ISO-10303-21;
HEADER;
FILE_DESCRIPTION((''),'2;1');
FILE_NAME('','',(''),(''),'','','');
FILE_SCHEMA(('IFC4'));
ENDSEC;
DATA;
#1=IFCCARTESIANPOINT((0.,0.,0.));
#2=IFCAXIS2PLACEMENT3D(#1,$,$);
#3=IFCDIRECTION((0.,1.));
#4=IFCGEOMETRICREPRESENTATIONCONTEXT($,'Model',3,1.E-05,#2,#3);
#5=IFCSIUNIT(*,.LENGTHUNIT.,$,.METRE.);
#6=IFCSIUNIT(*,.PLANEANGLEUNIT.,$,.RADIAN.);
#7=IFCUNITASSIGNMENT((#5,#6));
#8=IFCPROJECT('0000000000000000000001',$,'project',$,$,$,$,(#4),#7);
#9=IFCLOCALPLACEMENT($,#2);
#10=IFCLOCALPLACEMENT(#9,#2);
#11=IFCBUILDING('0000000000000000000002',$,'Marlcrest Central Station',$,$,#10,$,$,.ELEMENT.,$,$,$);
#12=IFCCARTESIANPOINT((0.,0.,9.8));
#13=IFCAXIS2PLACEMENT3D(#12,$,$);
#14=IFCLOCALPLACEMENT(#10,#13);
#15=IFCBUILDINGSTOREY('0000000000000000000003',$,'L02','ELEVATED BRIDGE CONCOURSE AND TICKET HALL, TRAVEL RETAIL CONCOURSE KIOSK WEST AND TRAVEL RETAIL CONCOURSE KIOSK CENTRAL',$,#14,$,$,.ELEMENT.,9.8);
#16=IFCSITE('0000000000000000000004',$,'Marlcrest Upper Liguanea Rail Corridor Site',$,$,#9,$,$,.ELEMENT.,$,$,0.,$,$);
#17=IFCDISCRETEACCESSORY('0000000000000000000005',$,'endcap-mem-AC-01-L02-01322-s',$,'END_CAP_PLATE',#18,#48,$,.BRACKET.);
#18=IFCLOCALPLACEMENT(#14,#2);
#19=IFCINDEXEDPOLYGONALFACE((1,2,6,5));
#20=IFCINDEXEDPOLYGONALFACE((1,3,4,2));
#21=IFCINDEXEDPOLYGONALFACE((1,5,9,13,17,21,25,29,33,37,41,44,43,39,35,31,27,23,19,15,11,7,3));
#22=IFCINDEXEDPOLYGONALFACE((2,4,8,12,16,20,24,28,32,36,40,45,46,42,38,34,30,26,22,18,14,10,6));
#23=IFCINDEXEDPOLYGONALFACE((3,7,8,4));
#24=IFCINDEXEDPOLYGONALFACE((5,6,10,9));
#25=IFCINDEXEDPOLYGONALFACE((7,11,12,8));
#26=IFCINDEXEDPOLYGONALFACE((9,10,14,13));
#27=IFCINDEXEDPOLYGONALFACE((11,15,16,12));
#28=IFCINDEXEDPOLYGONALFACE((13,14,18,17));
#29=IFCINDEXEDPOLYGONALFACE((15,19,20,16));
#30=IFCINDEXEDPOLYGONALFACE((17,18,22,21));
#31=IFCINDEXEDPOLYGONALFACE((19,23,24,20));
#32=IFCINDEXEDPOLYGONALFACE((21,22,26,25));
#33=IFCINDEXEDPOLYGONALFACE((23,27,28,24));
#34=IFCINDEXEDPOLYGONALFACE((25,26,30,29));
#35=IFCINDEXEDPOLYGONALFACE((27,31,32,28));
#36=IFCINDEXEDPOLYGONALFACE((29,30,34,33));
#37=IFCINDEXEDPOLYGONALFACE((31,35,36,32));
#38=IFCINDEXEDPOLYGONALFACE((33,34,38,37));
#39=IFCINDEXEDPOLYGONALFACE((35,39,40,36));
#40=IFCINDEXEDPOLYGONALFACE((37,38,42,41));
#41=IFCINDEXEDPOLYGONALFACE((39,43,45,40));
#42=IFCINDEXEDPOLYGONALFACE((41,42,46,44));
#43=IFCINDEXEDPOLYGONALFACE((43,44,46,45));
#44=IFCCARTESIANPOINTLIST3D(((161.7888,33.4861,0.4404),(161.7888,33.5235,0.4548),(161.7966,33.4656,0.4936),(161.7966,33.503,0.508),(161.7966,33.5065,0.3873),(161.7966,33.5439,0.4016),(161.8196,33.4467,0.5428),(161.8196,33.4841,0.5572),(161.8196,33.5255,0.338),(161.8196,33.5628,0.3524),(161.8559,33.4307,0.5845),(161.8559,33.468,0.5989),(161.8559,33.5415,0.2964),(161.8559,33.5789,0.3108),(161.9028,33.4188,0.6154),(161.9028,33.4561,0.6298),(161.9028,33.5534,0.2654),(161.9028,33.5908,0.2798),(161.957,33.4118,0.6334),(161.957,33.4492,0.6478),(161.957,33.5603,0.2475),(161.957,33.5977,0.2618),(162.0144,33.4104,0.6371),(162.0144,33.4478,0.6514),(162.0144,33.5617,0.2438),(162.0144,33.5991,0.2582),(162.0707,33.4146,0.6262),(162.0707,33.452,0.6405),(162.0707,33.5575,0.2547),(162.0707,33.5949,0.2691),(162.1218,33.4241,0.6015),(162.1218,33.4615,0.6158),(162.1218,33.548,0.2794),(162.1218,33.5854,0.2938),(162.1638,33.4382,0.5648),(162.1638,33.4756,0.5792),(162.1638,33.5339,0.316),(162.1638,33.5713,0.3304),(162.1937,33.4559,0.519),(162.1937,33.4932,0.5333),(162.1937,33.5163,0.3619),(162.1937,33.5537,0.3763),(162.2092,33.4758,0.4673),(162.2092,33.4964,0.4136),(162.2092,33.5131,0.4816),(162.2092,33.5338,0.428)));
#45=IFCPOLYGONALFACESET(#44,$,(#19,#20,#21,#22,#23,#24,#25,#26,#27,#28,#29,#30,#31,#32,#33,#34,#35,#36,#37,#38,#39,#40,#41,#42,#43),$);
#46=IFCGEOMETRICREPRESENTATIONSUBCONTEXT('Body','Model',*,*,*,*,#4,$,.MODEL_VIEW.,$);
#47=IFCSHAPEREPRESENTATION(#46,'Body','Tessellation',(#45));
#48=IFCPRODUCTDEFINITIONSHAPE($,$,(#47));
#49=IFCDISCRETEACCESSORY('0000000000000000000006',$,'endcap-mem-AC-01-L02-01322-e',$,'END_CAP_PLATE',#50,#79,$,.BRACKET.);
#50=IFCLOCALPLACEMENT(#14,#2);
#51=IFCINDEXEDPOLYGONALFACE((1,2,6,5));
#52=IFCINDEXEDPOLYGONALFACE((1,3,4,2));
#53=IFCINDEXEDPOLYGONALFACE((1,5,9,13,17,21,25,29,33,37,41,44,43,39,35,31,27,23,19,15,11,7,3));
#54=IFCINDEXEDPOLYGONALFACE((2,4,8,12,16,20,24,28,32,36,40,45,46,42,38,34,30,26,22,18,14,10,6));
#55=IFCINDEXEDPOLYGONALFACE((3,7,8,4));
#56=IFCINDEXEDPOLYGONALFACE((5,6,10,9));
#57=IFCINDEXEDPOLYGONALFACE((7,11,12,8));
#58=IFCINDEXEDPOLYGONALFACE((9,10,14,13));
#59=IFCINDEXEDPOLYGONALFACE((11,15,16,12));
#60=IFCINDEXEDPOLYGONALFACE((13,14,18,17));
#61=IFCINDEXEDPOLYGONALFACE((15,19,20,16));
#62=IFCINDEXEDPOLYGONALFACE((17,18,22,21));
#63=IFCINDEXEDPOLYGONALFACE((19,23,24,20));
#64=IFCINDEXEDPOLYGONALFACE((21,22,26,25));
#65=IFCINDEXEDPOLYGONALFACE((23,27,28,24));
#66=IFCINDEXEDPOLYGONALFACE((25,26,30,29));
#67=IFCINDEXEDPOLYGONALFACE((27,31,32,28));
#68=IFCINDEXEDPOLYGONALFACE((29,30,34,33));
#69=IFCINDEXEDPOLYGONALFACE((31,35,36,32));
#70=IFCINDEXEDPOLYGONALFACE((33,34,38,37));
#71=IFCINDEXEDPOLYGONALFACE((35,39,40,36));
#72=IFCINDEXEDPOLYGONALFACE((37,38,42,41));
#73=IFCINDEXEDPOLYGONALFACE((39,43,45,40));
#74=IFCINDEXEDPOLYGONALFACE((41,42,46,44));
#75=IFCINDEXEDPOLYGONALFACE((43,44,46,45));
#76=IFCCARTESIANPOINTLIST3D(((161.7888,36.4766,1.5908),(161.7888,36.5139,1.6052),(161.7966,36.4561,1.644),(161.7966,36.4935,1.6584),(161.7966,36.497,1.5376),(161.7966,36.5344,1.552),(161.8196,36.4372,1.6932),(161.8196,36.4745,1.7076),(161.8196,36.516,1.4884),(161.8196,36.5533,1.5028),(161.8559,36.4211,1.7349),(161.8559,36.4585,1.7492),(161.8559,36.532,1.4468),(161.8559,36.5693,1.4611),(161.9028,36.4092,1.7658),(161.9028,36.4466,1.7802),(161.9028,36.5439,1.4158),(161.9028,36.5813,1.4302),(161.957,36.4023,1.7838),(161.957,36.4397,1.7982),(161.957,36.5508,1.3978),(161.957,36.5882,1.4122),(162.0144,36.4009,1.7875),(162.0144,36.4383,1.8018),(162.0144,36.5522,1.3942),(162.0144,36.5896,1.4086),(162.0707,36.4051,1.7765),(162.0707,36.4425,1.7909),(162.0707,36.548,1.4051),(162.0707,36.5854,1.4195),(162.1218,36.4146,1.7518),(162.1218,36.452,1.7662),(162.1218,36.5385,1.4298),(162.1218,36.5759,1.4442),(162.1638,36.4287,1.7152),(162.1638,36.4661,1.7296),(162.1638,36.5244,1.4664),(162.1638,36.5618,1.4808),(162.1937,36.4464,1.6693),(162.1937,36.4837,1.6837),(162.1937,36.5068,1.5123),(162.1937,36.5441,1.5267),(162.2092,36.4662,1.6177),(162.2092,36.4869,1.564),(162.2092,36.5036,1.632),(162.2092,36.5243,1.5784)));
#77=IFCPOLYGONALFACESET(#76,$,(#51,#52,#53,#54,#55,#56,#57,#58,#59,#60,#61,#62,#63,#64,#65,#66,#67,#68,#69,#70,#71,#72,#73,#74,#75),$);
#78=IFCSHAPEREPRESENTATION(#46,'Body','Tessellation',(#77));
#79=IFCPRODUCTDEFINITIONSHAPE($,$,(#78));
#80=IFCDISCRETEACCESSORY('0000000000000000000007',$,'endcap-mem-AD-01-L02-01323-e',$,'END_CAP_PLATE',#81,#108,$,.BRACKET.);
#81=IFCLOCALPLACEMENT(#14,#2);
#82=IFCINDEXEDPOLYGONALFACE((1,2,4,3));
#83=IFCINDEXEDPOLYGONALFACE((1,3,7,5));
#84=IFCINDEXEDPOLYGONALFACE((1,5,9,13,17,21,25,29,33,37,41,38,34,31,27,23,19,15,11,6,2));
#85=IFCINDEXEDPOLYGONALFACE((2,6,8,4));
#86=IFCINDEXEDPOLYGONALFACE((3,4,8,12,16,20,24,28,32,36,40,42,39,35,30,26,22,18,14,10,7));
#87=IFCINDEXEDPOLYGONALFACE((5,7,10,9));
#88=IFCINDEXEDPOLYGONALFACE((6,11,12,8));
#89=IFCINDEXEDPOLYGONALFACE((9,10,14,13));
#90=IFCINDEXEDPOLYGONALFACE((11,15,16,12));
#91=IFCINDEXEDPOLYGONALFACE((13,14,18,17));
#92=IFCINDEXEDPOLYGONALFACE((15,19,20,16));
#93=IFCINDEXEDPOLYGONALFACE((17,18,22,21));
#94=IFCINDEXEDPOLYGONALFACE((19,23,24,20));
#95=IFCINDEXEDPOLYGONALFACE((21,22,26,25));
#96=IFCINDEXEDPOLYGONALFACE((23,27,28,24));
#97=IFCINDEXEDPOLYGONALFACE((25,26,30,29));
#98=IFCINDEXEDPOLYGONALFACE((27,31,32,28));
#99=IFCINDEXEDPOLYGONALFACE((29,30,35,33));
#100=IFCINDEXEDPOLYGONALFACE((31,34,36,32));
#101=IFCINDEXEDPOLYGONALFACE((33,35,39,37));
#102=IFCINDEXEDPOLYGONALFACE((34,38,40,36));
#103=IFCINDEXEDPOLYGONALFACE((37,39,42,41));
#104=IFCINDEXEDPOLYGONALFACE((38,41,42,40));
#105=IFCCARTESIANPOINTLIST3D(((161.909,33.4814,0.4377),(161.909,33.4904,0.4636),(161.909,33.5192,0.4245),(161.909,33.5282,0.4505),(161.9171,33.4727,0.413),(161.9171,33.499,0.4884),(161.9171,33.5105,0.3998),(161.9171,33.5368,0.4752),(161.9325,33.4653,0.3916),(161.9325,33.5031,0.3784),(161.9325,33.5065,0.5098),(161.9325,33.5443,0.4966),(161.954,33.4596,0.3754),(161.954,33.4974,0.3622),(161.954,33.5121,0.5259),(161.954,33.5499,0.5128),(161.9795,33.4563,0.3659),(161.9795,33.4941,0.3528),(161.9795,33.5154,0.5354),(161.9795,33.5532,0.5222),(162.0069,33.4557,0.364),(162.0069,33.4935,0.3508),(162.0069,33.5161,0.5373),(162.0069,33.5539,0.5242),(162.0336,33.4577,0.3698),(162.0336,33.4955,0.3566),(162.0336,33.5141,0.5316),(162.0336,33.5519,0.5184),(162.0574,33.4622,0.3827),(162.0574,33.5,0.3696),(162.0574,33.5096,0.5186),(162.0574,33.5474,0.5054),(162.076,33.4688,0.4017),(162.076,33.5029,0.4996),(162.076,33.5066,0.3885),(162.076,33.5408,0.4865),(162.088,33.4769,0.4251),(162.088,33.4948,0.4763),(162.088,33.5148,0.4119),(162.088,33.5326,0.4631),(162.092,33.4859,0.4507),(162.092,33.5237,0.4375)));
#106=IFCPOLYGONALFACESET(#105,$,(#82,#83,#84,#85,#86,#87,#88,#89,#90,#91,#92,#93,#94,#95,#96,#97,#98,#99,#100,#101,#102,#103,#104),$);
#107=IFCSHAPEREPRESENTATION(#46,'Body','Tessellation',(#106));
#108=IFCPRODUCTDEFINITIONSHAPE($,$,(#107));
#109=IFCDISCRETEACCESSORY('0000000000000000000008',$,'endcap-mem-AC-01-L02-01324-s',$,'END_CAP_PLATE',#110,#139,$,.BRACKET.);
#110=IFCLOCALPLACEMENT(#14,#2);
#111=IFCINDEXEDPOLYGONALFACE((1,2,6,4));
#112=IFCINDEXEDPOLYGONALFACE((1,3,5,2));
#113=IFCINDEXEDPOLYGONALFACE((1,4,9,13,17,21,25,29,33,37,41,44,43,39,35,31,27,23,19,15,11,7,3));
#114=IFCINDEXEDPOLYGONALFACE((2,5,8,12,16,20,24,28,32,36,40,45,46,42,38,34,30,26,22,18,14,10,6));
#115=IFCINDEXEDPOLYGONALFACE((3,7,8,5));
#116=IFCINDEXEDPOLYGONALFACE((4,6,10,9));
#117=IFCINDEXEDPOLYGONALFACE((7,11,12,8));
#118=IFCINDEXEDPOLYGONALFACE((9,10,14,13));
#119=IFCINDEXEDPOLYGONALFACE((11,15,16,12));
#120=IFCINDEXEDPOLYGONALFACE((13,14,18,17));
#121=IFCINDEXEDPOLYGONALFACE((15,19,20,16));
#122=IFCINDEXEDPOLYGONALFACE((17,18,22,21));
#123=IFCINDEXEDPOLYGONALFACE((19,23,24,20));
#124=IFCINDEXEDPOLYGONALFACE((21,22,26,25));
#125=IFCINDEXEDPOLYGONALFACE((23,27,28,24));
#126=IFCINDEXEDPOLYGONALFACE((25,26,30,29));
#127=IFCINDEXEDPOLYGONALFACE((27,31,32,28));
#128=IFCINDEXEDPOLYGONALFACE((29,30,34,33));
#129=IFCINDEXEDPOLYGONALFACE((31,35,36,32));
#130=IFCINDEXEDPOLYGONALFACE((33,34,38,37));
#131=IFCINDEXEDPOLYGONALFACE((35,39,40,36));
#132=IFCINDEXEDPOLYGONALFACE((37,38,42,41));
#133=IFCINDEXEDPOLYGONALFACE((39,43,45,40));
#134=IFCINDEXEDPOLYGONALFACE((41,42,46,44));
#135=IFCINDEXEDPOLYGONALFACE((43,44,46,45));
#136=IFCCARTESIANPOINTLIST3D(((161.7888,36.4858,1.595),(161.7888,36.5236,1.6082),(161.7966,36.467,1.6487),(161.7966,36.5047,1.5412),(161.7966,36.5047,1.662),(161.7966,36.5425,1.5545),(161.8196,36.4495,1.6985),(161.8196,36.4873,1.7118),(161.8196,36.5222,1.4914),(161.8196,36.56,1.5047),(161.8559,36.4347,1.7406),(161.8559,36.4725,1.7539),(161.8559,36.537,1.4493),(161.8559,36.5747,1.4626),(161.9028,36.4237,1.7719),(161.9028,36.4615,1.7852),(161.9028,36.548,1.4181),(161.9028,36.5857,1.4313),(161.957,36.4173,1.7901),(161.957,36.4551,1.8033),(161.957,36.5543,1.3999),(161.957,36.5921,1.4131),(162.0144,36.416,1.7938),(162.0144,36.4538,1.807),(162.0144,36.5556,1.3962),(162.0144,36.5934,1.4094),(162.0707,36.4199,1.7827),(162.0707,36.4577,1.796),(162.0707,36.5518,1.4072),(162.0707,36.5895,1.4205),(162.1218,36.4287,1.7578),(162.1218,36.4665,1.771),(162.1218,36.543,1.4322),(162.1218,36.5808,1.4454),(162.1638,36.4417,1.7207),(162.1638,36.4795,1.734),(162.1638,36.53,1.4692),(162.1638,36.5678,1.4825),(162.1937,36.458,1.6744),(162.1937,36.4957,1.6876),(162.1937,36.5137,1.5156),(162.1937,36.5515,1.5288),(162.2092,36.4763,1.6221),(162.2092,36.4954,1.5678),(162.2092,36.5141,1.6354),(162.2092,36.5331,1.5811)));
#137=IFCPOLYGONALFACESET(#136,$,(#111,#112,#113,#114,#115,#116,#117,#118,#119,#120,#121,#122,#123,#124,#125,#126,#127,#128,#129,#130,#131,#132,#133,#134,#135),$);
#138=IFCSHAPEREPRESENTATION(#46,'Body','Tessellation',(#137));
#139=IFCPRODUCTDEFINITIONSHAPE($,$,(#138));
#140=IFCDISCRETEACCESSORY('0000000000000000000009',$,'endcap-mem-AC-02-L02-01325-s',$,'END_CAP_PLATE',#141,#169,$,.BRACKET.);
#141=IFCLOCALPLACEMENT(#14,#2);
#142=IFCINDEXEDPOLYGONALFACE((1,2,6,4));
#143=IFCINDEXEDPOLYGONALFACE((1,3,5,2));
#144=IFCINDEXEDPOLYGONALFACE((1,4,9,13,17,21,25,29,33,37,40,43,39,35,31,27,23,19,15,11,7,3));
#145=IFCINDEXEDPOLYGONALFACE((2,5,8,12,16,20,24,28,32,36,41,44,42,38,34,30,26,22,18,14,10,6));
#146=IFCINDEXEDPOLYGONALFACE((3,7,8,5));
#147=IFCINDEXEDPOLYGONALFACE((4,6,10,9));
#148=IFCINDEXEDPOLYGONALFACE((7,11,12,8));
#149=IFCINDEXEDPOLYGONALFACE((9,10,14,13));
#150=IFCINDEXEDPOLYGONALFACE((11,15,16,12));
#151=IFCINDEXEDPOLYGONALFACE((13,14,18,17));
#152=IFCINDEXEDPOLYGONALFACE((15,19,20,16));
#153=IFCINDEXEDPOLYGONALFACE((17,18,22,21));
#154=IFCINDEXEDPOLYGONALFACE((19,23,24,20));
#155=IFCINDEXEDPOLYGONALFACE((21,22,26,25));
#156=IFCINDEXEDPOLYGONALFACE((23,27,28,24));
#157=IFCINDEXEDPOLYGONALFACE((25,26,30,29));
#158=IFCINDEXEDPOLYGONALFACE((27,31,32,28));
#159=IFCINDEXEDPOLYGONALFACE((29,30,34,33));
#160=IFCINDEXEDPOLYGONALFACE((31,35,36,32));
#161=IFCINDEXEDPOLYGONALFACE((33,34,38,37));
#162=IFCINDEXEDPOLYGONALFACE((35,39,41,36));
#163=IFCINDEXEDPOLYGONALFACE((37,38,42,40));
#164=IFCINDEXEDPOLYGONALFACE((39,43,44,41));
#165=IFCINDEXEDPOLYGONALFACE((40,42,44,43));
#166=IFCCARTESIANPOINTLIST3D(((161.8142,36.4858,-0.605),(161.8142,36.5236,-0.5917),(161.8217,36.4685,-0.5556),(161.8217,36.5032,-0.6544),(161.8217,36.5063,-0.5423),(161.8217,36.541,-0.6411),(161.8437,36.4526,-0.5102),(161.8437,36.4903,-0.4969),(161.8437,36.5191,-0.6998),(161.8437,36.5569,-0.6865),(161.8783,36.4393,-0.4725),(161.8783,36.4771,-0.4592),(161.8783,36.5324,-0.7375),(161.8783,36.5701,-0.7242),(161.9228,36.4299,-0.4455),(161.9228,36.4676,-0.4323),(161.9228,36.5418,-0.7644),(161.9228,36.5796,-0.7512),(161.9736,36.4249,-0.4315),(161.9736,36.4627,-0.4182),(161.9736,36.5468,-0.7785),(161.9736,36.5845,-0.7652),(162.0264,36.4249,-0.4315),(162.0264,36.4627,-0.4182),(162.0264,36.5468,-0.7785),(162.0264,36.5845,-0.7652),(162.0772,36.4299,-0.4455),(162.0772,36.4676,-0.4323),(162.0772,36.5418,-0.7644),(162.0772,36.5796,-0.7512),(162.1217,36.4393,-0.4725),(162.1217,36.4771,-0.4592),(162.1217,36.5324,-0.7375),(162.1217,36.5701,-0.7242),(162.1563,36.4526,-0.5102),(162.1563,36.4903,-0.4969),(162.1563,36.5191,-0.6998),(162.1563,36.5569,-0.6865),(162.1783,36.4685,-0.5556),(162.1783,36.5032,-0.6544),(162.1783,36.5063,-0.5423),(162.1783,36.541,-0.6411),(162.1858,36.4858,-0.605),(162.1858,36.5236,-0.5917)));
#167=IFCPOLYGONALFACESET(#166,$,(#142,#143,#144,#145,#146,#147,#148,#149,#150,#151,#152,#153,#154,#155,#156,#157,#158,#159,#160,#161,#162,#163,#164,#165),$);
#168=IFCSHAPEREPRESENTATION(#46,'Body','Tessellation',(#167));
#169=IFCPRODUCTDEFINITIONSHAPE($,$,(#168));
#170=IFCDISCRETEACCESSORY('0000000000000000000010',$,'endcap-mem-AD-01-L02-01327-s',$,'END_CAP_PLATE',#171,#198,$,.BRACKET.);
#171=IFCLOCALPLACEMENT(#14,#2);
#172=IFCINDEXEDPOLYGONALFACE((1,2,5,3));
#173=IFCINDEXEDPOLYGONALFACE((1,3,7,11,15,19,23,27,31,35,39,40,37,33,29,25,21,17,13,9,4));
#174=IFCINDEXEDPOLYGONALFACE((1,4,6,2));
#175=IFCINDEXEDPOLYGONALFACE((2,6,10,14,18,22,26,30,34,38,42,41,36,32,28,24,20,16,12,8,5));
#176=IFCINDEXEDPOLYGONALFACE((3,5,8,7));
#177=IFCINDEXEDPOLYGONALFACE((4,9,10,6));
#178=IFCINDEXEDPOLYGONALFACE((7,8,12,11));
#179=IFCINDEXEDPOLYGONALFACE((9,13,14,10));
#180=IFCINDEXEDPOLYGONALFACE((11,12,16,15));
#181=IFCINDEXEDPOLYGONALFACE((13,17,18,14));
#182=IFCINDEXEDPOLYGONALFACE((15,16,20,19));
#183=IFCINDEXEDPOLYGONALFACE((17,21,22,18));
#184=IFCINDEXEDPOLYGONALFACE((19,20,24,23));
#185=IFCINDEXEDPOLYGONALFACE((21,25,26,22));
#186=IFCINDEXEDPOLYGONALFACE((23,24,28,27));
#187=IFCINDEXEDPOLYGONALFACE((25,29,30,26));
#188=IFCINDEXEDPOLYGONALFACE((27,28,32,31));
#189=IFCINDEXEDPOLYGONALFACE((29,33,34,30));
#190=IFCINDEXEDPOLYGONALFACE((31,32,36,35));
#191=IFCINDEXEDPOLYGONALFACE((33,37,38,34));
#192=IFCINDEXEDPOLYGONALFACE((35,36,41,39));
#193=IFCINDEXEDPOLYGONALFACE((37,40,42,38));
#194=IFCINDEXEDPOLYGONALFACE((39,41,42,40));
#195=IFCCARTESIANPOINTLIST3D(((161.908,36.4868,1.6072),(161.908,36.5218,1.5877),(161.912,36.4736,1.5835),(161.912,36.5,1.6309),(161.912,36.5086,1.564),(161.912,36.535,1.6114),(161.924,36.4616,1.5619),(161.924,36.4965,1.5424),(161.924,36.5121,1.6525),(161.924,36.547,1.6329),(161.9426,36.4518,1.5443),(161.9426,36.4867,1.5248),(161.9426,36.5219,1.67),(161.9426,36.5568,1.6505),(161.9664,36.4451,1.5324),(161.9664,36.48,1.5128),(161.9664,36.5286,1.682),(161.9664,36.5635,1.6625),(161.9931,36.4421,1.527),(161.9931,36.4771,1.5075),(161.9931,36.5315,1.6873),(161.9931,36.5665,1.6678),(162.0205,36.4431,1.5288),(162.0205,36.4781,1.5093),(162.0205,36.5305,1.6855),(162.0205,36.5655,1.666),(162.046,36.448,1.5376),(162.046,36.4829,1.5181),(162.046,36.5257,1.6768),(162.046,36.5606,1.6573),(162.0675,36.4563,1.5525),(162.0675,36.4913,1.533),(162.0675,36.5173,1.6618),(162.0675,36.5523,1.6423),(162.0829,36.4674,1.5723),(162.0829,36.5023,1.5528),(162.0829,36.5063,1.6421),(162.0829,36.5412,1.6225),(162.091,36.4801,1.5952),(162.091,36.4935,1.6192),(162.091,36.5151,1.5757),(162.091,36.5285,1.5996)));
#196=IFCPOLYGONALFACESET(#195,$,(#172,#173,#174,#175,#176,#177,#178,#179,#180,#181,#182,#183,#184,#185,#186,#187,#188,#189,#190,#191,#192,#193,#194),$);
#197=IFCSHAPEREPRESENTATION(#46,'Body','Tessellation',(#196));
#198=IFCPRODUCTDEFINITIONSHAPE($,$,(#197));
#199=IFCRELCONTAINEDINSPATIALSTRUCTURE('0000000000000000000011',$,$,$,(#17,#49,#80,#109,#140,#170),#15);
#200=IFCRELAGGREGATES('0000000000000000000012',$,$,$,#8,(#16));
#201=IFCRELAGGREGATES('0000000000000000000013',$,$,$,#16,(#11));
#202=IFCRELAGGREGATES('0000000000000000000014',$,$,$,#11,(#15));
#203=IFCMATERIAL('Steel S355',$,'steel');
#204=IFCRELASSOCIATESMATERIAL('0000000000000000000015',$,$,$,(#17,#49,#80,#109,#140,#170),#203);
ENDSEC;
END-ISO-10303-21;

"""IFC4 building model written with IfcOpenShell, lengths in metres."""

from ifc_helpers import new_model, si_unit, direction, frame, origin, origin_2d, place, context, subcontext, project, spatial, circle, extrude, material, element, save


model = new_model("IFC4")

# Units and contexts
model_context = context("Model", 3, precision=1e-05, world=origin(), true_north=direction((0.0, 1.0)))
body_context = subcontext(model_context, "Body", "Model", "MODEL_VIEW")
ifc_project = project(units=[si_unit("LENGTHUNIT", "METRE"), si_unit("PLANEANGLEUNIT", "RADIAN")], contexts=[model_context])

# Site, building, storey
site_placement = place(None, origin())
site = spatial("IfcSite", under=ifc_project, at=site_placement, Name="Marlcrest Upper Liguanea Rail Corridor Site", CompositionType="ELEMENT", RefElevation=0.0)
building_placement = place(site_placement, origin())
building = spatial("IfcBuilding", under=site, at=building_placement, Name="Marlcrest Central Station", CompositionType="ELEMENT")
storey_placement = place(building_placement, frame((0.0, 0.0, 9.8)))
storey = spatial("IfcBuildingStorey", under=building, at=storey_placement, Name="L02", Description="ELEVATED BRIDGE CONCOURSE AND TICKET HALL, TRAVEL RETAIL CONCOURSE KIOSK WEST AND TRAVEL RETAIL CONCOURSE KIOSK CENTRAL", CompositionType="ELEMENT", Elevation=9.8)

# Shared definitions
ifc_material_1 = material(Name="Steel S355", Category="steel")

# Discrete accessories
for number, where, z_axis, x_axis, name in (
    (1, (162.0, 33.4861, 0.4404), (0.0, 0.933324, 0.359035), (-1.0, 0.0, 0.0), "endcap-mem-AC-01-L02-01322-s"),
    (2, (162.0, 36.4766, 1.5908), (0.0, 0.933324, 0.359035), (-1.0, 0.0, 0.0), "endcap-mem-AC-01-L02-01322-e"),
):
    element("IfcDiscreteAccessory", number, at=place(storey_placement, frame(where, z_axis=z_axis, x_axis=x_axis)), inside=storey, material=ifc_material_1, Name=name, ObjectType="END_CAP_PLATE", PredefinedType="BRACKET", context=body_context, shape_type="SweptSolid", body=[
        extrude(circle(Radius=0.2112, at=origin_2d()), origin(), (0.0, 0.0, 1.0), 0.04),
    ])
discrete_accessory_1_placement = place(storey_placement, frame((162.0, 33.5237, 0.4375), z_axis=(0.0, -0.94426, 0.3292), x_axis=(1.0, 0.0, 0.0)))
element("IfcDiscreteAccessory", 3, at=discrete_accessory_1_placement, inside=storey, material=ifc_material_1, Name="endcap-mem-AD-01-L02-01323-e", ObjectType="END_CAP_PLATE", PredefinedType="BRACKET", context=body_context, shape_type="SweptSolid", body=[
    extrude(circle(Radius=0.092, at=origin_2d()), origin(), (0.0, 0.0, 1.0), 0.04),
])
discrete_accessory_2_placement = place(storey_placement, frame((162.0, 36.4858, 1.595), z_axis=(0.0, 0.943537, 0.331266), x_axis=(-1.0, 0.0, 0.0)))
element("IfcDiscreteAccessory", 4, at=discrete_accessory_2_placement, inside=storey, material=ifc_material_1, Name="endcap-mem-AC-01-L02-01324-s", ObjectType="END_CAP_PLATE", PredefinedType="BRACKET", context=body_context, shape_type="SweptSolid", body=[
    extrude(circle(Radius=0.2112, at=origin_2d()), origin(), (0.0, 0.0, 1.0), 0.04),
])
discrete_accessory_3_placement = place(storey_placement, frame((162.0, 36.4858, -0.605), z_axis=(0.0, 0.943537, 0.331266), x_axis=(-1.0, 0.0, 0.0)))
element("IfcDiscreteAccessory", 5, at=discrete_accessory_3_placement, inside=storey, material=ifc_material_1, Name="endcap-mem-AC-02-L02-01325-s", ObjectType="END_CAP_PLATE", PredefinedType="BRACKET", context=body_context, shape_type="SweptSolid", body=[
    extrude(circle(Radius=0.1858, at=origin_2d()), origin(), (0.0, 0.0, 1.0), 0.04),
])
discrete_accessory_4_placement = place(storey_placement, frame((162.0, 36.4868, 1.6072), z_axis=(0.0, 0.873246, -0.48728), x_axis=(-1.0, 0.0, 0.0)))
element("IfcDiscreteAccessory", 6, at=discrete_accessory_4_placement, inside=storey, material=ifc_material_1, Name="endcap-mem-AD-01-L02-01327-s", ObjectType="END_CAP_PLATE", PredefinedType="BRACKET", context=body_context, shape_type="SweptSolid", body=[
    extrude(circle(Radius=0.092, at=origin_2d()), origin(), (0.0, 0.0, 1.0), 0.04),
])

save(model, "model.ifc")
